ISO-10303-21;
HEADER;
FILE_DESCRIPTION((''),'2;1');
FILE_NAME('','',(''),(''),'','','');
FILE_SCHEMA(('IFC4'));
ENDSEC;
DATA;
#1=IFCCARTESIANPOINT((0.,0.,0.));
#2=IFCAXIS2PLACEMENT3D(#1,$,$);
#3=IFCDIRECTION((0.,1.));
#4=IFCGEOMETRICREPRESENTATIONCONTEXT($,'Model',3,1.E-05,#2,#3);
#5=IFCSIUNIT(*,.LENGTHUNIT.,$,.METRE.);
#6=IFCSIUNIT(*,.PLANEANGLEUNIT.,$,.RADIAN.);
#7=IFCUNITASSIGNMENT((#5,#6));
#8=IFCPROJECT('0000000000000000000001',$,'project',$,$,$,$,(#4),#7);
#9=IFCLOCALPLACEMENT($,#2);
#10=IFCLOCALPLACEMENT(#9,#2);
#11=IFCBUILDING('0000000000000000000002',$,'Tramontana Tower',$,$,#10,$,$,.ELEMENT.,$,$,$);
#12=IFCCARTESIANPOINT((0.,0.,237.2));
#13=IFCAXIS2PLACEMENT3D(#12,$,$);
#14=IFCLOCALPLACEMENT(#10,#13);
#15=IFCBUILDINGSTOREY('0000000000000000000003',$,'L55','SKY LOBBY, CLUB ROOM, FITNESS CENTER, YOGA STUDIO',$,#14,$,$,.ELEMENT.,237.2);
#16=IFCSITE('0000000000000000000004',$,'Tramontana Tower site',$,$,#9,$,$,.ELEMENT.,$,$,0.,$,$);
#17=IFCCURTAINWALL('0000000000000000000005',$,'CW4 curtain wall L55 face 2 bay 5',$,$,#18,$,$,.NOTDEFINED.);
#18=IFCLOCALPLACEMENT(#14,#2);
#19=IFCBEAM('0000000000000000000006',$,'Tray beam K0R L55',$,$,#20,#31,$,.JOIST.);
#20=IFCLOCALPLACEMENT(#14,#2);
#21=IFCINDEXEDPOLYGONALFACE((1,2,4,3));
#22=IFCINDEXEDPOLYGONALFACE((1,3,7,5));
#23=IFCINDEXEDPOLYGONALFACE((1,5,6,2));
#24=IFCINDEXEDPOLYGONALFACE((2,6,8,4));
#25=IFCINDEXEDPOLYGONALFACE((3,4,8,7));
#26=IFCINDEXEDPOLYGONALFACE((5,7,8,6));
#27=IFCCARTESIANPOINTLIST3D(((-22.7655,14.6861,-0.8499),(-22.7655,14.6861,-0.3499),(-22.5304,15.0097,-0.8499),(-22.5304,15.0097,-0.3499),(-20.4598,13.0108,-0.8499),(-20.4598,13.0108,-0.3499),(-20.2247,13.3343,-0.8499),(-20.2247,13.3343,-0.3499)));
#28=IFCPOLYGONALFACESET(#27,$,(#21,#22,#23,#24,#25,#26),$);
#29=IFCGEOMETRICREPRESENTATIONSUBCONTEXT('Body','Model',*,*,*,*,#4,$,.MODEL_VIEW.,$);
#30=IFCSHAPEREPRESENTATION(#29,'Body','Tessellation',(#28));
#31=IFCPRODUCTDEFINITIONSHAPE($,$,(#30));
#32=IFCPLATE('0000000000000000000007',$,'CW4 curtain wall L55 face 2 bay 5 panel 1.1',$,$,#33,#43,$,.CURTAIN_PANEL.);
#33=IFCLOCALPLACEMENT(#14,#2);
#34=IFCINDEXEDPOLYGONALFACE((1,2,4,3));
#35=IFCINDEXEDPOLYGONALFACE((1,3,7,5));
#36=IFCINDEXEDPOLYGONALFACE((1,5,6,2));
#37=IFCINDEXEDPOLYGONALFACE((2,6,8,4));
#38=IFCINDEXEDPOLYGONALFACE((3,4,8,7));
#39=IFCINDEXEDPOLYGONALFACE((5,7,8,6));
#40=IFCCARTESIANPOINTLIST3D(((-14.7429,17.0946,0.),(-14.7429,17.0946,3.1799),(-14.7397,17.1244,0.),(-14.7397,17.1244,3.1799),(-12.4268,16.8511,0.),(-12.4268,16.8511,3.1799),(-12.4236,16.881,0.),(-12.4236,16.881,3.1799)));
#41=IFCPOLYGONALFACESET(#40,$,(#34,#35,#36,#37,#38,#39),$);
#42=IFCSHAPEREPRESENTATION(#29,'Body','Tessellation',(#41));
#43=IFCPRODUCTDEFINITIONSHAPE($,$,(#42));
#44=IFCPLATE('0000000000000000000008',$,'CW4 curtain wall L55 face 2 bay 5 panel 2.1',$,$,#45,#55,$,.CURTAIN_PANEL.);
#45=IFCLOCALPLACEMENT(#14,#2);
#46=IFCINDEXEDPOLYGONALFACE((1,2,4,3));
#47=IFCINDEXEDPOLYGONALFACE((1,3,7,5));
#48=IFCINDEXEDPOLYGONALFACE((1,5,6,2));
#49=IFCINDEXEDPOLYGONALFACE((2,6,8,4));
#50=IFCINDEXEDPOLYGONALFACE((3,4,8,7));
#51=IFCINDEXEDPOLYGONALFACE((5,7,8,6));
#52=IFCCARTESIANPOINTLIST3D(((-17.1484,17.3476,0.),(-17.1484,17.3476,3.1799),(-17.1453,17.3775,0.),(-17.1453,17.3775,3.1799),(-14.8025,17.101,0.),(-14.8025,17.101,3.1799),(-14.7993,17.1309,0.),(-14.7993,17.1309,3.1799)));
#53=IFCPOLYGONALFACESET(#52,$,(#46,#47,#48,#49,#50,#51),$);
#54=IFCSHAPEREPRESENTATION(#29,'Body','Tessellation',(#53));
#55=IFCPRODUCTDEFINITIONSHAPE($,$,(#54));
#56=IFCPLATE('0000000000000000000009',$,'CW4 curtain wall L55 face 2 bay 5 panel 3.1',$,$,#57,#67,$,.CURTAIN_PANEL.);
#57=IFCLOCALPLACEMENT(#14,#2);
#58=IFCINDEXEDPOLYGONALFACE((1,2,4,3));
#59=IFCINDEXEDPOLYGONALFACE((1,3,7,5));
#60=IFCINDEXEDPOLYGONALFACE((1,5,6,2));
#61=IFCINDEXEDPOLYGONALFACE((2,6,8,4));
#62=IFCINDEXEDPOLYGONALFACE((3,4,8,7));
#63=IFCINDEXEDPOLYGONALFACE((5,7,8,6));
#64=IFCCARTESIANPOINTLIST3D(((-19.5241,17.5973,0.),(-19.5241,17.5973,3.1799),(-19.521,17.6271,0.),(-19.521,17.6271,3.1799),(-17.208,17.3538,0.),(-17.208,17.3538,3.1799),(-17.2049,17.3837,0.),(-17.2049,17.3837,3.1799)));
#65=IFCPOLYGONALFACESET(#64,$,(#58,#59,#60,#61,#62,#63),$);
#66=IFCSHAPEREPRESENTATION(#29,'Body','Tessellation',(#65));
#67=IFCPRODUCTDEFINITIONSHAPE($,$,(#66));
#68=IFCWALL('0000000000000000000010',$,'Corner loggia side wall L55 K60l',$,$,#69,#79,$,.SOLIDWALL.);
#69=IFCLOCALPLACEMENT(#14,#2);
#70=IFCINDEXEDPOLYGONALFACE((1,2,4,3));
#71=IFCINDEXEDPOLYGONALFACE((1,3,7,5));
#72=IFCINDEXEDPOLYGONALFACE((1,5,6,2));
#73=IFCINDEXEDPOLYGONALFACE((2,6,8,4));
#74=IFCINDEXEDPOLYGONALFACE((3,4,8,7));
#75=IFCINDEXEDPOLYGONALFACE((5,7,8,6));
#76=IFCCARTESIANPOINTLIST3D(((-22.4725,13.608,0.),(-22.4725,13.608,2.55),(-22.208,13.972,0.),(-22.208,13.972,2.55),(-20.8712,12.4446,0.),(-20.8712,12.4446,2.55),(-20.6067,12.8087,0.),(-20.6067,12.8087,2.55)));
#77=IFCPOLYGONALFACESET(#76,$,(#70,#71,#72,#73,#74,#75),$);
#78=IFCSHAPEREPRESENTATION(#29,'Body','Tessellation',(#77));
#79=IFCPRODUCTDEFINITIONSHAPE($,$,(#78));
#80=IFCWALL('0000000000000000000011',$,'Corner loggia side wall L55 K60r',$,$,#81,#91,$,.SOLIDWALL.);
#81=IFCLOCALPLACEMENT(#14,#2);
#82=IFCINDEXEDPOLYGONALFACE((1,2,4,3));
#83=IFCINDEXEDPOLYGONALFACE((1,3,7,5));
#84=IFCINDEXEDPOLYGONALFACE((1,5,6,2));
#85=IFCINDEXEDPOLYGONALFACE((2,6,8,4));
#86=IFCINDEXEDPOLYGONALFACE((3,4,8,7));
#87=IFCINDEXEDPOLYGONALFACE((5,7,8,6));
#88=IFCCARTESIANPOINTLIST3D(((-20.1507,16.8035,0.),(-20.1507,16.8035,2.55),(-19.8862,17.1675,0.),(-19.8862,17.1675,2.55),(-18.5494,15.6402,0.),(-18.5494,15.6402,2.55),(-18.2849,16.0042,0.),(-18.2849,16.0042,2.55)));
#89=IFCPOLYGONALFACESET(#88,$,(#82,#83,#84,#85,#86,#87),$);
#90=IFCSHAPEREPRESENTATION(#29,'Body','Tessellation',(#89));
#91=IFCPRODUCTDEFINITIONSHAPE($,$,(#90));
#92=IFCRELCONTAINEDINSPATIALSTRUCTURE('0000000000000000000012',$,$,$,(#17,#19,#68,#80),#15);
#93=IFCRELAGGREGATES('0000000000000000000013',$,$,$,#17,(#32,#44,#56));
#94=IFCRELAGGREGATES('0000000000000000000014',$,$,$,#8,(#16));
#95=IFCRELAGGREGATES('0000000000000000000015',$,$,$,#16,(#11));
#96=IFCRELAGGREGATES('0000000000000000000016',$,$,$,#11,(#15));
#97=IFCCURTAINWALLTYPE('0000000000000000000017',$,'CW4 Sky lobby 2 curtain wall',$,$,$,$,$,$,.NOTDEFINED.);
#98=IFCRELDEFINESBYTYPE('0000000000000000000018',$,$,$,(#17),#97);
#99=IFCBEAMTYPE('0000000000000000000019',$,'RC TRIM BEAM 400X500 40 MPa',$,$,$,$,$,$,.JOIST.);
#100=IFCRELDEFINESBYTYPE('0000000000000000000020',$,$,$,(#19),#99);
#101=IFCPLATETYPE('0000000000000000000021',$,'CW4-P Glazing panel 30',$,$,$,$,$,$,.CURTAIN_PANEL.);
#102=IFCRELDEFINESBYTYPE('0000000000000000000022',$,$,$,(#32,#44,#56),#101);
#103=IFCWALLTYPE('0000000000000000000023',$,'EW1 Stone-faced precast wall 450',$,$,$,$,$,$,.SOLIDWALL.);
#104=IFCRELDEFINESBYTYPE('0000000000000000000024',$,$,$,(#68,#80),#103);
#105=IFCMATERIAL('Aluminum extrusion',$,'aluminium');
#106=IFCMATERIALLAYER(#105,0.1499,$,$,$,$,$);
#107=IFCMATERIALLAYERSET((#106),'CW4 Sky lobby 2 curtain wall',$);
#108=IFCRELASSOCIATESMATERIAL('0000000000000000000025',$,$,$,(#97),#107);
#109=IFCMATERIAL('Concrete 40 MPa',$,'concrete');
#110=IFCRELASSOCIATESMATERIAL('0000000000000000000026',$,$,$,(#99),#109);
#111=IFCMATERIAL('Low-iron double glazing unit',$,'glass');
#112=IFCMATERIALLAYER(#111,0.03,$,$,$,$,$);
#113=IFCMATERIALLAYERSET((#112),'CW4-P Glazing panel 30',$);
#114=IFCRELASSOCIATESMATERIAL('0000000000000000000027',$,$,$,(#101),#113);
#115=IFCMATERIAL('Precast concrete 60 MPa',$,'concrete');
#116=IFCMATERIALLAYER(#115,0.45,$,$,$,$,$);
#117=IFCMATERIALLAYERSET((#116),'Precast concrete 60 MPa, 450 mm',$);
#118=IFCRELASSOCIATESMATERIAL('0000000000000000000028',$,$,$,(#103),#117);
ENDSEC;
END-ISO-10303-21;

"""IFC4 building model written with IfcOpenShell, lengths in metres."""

from ifc_helpers import new_model, si_unit, direction, frame, frame_2d, origin, origin_2d, place, context, subcontext, project, spatial, rectangle, extrude, material, layer, layer_set, material_profile, profile_set, type_object, element, aggregate, save


model = new_model("IFC4")

# Units and contexts
model_context = context("Model", 3, precision=1e-05, world=origin(), true_north=direction((0.0, 1.0)))
body_context = subcontext(model_context, "Body", "Model", "MODEL_VIEW")
ifc_project = project(units=[si_unit("LENGTHUNIT", "METRE"), si_unit("PLANEANGLEUNIT", "RADIAN")], contexts=[model_context])

# Site, building, storey
site_placement = place(None, origin())
site = spatial("IfcSite", under=ifc_project, at=site_placement, Name="Tramontana Tower site", CompositionType="ELEMENT", RefElevation=0.0)
building_placement = place(site_placement, origin())
building = spatial("IfcBuilding", under=site, at=building_placement, Name="Tramontana Tower", CompositionType="ELEMENT")
storey_placement = place(building_placement, frame((0.0, 0.0, 237.2)))
storey = spatial("IfcBuildingStorey", under=building, at=storey_placement, Name="L55", Description="SKY LOBBY, CLUB ROOM, FITNESS CENTER, YOGA STUDIO", CompositionType="ELEMENT", Elevation=237.2)

# Shared definitions
ifc_material_1 = material(Name="Aluminum extrusion", Category="aluminium")
ifc_layer_1 = layer(ifc_material_1, 0.1499)
ifc_layer_set_1 = layer_set([ifc_layer_1], Name="CW4 Sky lobby 2 curtain wall")
curtain_wall_type = type_object("IfcCurtainWallType", Name="CW4 Sky lobby 2 curtain wall", PredefinedType="NOTDEFINED", material=ifc_layer_set_1)

# Curtain wall
curtain_wall_1_placement = place(storey_placement, origin())
curtain_wall_1 = element("IfcCurtainWall", 1, at=curtain_wall_1_placement, inside=storey, type_object=curtain_wall_type, Name="CW4 curtain wall L55 face 2 bay 5", PredefinedType="NOTDEFINED")

# Beam
ifc_material_2 = material(Name="Concrete 40 MPa", Category="concrete")
ifc_material_profile_1 = material_profile(ifc_material_2, rectangle(XDim=0.3999, YDim=0.5, at=origin_2d()), Name="RC TRIM BEAM 400X500 40 MPa")
ifc_profile_set_1 = profile_set([ifc_material_profile_1], Name="Concrete 40 MPa")
beam_type = type_object("IfcBeamType", Name="RC TRIM BEAM 400X500 40 MPa", PredefinedType="JOIST", material=ifc_profile_set_1)
for number, where, z_axis, x_axis, name in (
    (2, (-22.6479, 14.8479, -0.5999), (0.808995, -0.587815, 0.0), (0.587815, 0.808995, 0.0), "Tray beam K0R L55"),
):
    element("IfcBeam", number, at=place(storey_placement, frame(where, z_axis=z_axis, x_axis=x_axis)), inside=storey, type_object=beam_type, Name=name, PredefinedType="JOIST", context=body_context, shape_type="SweptSolid", body=[
        extrude(rectangle(XDim=0.3999, YDim=0.5, at=origin_2d()), origin(), (0.0, 0.0, 1.0), 2.8501),
    ])

# Plates
ifc_material_3 = material(Name="Low-iron double glazing unit", Category="glass")
ifc_layer_2 = layer(ifc_material_3, 0.03)
ifc_layer_set_2 = layer_set([ifc_layer_2], Name="CW4-P Glazing panel 30")
plate_type = type_object("IfcPlateType", Name="CW4-P Glazing panel 30", PredefinedType="CURTAIN_PANEL", material=ifc_layer_set_2)
plate_1_placement = place(storey_placement, frame((-13.5833, 16.9878, 0.0), z_axis=(0.0, 0.0, 1.0), x_axis=(-0.994522, 0.104528, 0.0)))
plate_1 = element("IfcPlate", 3, at=plate_1_placement, type_object=plate_type, Name="CW4 curtain wall L55 face 2 bay 5 panel 1.1", PredefinedType="CURTAIN_PANEL", context=body_context, shape_type="SweptSolid", body=[
    extrude(rectangle(XDim=2.3289, YDim=0.03, at=origin_2d()), origin(), (0.0, 0.0, 1.0), 3.1799),
])
plate_2_placement = place(storey_placement, frame((-15.9739, 17.2393, 0.0), z_axis=(0.0, 0.0, 1.0), x_axis=(-0.994522, 0.104528, 0.0)))
plate_2 = element("IfcPlate", 4, at=plate_2_placement, type_object=plate_type, Name="CW4 curtain wall L55 face 2 bay 5 panel 2.1", PredefinedType="CURTAIN_PANEL", context=body_context, shape_type="SweptSolid", body=[
    extrude(rectangle(XDim=2.3589, YDim=0.03, at=origin_2d()), origin(), (0.0, 0.0, 1.0), 3.1799),
])
plate_3_placement = place(storey_placement, frame((-18.3645, 17.4905, 0.0), z_axis=(0.0, 0.0, 1.0), x_axis=(-0.994522, 0.104528, 0.0)))
plate_3 = element("IfcPlate", 5, at=plate_3_placement, type_object=plate_type, Name="CW4 curtain wall L55 face 2 bay 5 panel 3.1", PredefinedType="CURTAIN_PANEL", context=body_context, shape_type="SweptSolid", body=[
    extrude(rectangle(XDim=2.3289, YDim=0.03, at=origin_2d()), origin(), (0.0, 0.0, 1.0), 3.1799),
])
aggregate(curtain_wall_1, [plate_1, plate_2, plate_3])

# Walls
ifc_material_4 = material(Name="Precast concrete 60 MPa", Category="concrete")
ifc_layer_3 = layer(ifc_material_4, 0.45)
ifc_layer_set_3 = layer_set([ifc_layer_3], Name="Precast concrete 60 MPa, 450 mm")
wall_type = type_object("IfcWallType", Name="EW1 Stone-faced precast wall 450", PredefinedType="SOLIDWALL", material=ifc_layer_set_3)
for number, where, z_axis, x_axis, name in (
    (6, (-22.3403, 13.79, 0.0), (0.0, 0.0, 1.0), (0.80904, -0.587754, 0.0), "Corner loggia side wall L55 K60l"),
    (7, (-20.0186, 16.9856, 0.0), (0.0, 0.0, 1.0), (0.80904, -0.587754, 0.0), "Corner loggia side wall L55 K60r"),
):
    element("IfcWall", number, at=place(storey_placement, frame(where, z_axis=z_axis, x_axis=x_axis)), inside=storey, type_object=wall_type, Name=name, PredefinedType="SOLIDWALL", context=body_context, shape_type="SweptSolid", body=[
        extrude(rectangle(XDim=1.9792, YDim=0.45, at=frame_2d((0.9897, 0.0))), origin(), (0.0, 0.0, 1.0), 2.55),
    ])

save(model, "model.ifc")
